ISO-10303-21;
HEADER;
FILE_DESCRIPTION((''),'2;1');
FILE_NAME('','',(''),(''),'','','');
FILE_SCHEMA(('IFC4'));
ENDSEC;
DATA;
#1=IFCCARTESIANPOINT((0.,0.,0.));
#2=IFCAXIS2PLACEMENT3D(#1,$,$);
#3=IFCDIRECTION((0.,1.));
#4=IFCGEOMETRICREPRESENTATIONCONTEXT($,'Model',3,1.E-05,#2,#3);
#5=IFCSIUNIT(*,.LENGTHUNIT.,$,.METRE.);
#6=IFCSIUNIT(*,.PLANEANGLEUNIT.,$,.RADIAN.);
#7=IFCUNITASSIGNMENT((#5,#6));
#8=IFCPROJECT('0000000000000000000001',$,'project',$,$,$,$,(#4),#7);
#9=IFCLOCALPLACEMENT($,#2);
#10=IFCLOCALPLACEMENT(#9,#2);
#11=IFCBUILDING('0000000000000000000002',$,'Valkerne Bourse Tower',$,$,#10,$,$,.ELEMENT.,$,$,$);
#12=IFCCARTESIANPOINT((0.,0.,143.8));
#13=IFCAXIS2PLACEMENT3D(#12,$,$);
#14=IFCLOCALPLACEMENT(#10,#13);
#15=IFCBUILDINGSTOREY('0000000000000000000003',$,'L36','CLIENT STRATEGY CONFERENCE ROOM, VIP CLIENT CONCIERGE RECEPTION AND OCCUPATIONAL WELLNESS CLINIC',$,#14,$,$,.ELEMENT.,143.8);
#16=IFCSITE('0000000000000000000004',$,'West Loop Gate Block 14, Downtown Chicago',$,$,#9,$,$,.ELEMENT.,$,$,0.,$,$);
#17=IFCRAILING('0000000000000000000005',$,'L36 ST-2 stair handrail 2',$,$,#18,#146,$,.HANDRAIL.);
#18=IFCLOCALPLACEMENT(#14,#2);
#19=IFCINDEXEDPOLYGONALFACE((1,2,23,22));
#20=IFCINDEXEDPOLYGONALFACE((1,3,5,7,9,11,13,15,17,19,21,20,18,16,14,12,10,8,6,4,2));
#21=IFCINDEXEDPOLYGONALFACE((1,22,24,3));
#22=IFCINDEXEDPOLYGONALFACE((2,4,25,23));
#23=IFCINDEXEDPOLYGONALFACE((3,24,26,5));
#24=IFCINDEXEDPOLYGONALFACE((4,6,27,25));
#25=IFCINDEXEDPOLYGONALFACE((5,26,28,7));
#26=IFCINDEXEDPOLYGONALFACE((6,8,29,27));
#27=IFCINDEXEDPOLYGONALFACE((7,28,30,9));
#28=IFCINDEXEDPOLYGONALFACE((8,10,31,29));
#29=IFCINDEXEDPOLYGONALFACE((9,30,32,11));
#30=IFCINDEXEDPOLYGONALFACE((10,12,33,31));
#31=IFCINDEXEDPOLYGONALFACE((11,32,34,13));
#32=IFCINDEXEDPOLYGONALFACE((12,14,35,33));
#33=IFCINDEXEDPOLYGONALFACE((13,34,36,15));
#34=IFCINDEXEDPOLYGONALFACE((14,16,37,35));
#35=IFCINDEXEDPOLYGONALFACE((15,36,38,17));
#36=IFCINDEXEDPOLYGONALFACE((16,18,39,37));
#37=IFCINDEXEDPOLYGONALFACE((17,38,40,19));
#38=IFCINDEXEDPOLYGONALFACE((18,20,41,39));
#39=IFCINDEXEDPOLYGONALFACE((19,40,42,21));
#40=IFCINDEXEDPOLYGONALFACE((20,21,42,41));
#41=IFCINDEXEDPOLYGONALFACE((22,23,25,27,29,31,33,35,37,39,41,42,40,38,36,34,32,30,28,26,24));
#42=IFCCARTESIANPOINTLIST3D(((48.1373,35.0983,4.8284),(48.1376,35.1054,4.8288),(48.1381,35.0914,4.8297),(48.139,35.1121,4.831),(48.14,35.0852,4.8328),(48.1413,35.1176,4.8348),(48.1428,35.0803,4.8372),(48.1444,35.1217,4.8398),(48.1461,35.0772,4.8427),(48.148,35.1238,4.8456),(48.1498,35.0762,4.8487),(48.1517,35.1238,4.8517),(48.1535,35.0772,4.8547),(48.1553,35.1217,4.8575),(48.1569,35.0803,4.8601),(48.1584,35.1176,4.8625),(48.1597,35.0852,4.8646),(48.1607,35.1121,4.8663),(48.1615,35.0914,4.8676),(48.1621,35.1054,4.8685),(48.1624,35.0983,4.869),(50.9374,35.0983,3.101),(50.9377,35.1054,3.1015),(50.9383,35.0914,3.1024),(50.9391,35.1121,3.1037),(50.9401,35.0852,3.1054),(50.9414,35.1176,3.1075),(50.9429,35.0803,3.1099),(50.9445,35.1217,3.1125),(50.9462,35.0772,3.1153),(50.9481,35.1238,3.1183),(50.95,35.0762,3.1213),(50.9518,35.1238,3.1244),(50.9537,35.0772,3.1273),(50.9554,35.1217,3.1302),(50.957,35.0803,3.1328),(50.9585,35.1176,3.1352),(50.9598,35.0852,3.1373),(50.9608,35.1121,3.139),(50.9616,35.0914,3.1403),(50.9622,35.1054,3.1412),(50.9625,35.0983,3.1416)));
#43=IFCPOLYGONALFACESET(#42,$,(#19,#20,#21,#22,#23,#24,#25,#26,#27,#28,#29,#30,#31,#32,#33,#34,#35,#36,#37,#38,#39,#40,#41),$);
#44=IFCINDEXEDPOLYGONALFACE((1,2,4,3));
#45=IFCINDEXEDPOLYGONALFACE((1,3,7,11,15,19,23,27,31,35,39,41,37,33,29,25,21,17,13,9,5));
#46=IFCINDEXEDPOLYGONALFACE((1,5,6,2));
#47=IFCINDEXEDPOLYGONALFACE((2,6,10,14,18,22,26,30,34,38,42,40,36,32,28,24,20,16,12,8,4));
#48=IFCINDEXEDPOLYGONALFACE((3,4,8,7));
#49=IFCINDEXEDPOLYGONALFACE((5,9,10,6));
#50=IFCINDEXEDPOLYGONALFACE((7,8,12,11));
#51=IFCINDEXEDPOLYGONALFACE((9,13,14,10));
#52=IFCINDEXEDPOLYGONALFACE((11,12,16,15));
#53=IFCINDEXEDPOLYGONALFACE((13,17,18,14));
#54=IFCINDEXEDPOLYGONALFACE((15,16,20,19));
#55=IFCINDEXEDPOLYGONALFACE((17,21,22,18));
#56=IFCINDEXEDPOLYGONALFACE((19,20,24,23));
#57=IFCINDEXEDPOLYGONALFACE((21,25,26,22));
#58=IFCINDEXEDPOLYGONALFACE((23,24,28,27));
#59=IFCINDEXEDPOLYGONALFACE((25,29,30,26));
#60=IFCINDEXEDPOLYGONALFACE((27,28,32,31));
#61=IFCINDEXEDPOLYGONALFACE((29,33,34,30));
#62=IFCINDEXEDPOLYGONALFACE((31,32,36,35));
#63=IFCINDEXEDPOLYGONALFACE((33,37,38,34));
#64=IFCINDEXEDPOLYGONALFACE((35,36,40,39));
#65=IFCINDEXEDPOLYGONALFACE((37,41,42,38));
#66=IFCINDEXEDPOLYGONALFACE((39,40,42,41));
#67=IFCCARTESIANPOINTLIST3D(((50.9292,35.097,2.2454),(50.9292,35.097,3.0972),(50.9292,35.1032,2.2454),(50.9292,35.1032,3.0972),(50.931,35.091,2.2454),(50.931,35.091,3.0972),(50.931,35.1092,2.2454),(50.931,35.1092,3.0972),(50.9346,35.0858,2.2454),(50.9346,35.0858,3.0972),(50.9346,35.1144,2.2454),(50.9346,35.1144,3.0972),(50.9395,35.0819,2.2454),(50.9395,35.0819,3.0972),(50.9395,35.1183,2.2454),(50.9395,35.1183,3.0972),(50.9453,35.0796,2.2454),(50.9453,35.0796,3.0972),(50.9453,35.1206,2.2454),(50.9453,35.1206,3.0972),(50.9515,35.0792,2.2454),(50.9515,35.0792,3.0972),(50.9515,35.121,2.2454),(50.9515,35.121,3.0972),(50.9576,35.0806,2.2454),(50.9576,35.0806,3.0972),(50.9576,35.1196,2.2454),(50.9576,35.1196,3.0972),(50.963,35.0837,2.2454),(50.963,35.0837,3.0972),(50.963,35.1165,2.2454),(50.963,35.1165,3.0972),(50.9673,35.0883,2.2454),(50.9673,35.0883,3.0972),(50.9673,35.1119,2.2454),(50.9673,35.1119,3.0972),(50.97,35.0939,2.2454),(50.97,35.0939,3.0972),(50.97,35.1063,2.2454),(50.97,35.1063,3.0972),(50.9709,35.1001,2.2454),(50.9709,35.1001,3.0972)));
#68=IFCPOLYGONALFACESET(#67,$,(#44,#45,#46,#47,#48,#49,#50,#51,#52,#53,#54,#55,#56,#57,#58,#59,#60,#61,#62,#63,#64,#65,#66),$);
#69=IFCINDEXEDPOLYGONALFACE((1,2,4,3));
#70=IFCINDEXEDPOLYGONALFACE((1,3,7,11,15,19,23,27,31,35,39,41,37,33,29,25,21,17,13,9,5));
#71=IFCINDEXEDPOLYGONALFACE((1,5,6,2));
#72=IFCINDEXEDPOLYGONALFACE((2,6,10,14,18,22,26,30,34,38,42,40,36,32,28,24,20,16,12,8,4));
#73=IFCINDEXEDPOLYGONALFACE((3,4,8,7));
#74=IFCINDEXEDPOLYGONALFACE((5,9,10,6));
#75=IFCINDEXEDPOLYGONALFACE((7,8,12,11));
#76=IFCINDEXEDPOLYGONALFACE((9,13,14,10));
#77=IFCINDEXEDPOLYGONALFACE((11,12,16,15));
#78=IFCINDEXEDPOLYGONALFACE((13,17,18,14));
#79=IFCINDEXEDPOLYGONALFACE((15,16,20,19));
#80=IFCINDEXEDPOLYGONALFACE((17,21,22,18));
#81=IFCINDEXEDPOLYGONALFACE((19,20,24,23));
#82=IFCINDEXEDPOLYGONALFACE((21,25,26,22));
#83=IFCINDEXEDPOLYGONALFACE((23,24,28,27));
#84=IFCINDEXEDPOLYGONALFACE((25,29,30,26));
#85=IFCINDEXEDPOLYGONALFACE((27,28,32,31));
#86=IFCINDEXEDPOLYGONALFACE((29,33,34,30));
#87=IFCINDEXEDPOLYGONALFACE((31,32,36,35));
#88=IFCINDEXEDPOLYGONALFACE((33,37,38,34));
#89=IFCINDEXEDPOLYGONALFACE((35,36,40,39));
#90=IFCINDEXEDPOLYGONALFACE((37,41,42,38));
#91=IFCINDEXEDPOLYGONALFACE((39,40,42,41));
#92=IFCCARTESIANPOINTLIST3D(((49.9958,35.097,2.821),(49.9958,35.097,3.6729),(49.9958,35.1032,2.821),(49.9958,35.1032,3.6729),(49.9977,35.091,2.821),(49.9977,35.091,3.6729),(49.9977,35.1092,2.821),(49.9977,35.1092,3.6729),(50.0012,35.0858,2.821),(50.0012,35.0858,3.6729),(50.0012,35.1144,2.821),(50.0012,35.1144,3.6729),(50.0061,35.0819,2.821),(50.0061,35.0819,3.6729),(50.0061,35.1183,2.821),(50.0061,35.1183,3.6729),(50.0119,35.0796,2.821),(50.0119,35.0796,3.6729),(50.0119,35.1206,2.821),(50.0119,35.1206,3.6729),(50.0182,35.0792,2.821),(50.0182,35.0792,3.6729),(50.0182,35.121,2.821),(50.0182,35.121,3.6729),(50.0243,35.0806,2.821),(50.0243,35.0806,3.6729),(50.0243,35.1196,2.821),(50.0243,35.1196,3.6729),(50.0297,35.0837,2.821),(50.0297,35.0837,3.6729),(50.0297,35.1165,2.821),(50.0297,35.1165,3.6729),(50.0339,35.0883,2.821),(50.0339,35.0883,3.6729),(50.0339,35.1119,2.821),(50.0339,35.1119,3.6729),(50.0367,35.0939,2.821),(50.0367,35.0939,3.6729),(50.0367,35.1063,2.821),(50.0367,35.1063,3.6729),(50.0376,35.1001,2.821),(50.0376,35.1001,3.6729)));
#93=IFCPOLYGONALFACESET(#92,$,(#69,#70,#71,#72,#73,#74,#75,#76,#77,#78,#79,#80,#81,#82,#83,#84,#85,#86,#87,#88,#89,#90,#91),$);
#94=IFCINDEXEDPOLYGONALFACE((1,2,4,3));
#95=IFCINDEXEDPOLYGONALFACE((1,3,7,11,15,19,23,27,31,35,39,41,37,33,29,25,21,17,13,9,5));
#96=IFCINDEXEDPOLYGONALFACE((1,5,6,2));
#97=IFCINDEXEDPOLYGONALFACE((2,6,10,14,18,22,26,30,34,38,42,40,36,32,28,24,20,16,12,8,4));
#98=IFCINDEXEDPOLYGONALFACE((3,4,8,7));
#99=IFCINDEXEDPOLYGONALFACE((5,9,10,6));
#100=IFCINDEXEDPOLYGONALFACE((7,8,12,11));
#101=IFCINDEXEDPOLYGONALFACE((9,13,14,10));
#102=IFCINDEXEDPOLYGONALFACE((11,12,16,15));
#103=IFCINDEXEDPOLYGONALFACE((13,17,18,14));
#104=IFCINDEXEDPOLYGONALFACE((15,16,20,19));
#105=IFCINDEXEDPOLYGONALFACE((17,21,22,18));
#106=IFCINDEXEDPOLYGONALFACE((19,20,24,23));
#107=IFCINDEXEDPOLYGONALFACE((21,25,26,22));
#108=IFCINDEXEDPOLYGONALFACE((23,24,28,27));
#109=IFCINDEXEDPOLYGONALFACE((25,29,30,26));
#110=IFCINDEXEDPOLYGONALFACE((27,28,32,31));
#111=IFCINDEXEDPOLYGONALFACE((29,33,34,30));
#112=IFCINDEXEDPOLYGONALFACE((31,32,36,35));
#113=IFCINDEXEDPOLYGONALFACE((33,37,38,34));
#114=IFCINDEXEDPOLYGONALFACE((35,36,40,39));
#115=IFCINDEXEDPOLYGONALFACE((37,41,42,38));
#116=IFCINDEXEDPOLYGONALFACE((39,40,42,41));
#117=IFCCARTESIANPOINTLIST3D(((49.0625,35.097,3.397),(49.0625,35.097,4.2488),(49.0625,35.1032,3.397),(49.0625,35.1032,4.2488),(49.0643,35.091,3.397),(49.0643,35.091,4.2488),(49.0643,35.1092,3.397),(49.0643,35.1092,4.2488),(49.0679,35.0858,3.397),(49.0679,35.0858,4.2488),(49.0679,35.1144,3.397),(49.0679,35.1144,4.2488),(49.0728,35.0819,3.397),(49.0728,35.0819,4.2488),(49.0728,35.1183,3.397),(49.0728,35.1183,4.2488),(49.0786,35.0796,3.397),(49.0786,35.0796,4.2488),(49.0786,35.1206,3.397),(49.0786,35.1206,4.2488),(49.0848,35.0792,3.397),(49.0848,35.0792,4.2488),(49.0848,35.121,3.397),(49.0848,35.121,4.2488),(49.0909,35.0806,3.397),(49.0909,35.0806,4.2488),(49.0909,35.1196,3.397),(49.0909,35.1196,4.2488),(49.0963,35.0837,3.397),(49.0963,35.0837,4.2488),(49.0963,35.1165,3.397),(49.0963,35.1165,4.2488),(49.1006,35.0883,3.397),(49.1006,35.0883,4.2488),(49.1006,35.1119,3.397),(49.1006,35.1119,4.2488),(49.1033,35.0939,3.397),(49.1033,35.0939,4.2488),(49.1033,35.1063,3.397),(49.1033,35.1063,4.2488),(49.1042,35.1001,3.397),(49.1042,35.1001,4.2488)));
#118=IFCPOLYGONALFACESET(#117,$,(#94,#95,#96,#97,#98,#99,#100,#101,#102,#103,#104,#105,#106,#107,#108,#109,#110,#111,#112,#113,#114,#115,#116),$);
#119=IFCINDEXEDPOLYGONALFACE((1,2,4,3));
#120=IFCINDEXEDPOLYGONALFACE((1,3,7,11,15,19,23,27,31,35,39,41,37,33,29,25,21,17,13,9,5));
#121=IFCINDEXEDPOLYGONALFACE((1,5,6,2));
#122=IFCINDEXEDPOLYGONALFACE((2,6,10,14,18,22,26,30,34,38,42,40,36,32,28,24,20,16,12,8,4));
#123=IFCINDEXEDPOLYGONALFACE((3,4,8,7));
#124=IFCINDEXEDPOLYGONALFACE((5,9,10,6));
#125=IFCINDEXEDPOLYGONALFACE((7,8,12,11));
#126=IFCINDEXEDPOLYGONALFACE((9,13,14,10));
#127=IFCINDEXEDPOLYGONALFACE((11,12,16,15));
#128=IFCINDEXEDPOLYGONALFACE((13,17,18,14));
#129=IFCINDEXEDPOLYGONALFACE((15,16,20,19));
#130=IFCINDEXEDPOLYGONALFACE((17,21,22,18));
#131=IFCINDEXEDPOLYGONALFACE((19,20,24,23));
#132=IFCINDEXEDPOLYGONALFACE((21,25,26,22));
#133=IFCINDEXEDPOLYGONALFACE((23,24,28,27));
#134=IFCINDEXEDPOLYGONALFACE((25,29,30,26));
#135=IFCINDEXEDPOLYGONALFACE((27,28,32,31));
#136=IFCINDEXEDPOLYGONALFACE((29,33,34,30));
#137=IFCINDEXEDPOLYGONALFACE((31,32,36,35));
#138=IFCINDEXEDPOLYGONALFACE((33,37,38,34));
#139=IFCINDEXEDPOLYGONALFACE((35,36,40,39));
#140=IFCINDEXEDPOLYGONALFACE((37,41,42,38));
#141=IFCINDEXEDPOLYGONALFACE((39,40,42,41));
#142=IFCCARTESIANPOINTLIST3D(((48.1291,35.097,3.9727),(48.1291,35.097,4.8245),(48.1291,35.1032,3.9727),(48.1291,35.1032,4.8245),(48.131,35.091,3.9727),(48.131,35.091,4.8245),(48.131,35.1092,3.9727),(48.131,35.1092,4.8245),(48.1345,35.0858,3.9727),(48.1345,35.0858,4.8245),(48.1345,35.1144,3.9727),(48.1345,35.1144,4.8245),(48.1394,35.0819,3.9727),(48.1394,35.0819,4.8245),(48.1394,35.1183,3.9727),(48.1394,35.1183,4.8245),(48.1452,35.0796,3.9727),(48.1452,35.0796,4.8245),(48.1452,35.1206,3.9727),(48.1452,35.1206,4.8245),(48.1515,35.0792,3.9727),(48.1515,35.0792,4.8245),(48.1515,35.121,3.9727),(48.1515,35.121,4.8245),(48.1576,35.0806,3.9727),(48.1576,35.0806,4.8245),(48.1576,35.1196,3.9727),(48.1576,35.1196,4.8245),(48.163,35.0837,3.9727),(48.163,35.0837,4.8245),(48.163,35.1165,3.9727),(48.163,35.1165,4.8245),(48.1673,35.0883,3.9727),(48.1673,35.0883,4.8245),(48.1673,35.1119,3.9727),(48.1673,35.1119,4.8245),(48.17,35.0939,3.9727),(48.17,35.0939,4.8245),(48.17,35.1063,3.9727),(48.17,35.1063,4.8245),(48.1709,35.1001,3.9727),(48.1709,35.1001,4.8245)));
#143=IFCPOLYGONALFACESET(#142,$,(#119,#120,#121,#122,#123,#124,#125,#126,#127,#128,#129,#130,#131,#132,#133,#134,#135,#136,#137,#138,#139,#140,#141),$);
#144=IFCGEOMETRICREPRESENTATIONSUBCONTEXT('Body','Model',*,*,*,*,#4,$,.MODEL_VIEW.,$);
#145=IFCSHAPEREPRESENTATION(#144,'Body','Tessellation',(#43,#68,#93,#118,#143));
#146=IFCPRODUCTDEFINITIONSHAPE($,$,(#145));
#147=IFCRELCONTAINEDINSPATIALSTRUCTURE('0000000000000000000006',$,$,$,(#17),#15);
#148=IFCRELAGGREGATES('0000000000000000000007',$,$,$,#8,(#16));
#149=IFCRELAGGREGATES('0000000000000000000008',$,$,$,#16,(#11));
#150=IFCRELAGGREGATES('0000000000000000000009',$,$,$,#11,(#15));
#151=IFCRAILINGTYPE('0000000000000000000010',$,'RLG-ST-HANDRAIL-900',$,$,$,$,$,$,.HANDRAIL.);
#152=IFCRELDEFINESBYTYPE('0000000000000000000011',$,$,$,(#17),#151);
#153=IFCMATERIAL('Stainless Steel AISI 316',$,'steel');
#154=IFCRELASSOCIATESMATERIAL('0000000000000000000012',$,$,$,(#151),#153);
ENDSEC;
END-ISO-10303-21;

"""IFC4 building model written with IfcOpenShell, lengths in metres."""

from ifc_helpers import new_model, si_unit, direction, frame, origin, origin_2d, place, context, subcontext, project, spatial, circle, extrude, material, type_object, element, save


model = new_model("IFC4")

# Units and contexts
model_context = context("Model", 3, precision=1e-05, world=origin(), true_north=direction((0.0, 1.0)))
body_context = subcontext(model_context, "Body", "Model", "MODEL_VIEW")
ifc_project = project(units=[si_unit("LENGTHUNIT", "METRE"), si_unit("PLANEANGLEUNIT", "RADIAN")], contexts=[model_context])

# Site, building, storey
site_placement = place(None, origin())
site = spatial("IfcSite", under=ifc_project, at=site_placement, Name="West Loop Gate Block 14, Downtown Chicago", CompositionType="ELEMENT", RefElevation=0.0)
building_placement = place(site_placement, origin())
building = spatial("IfcBuilding", under=site, at=building_placement, Name="Valkerne Bourse Tower", CompositionType="ELEMENT")
storey_placement = place(building_placement, frame((0.0, 0.0, 143.8)))
storey = spatial("IfcBuildingStorey", under=building, at=storey_placement, Name="L36", Description="CLIENT STRATEGY CONFERENCE ROOM, VIP CLIENT CONCIERGE RECEPTION AND OCCUPATIONAL WELLNESS CLINIC", CompositionType="ELEMENT", Elevation=143.8)

# Shared definitions
ifc_material_1 = material(Name="Stainless Steel AISI 316", Category="steel")

# Railing
railing_type_1 = type_object("IfcRailingType", Name="RLG-ST-HANDRAIL-900", PredefinedType="HANDRAIL", material=ifc_material_1)
railing_1_placement = place(storey_placement, frame((50.95, 35.1001, 2.2454)))
element("IfcRailing", 1, at=railing_1_placement, inside=storey, type_object=railing_type_1, Name="L36 ST-2 stair handrail 2", PredefinedType="HANDRAIL", context=body_context, shape_type="SweptSolid", body=[
    extrude(circle(Radius=0.0239, at=origin_2d()), frame((0.0, 0.0, 0.876), z_axis=(-0.85109, 0.0, 0.52502), x_axis=(0.0, -1.0, 0.0)), (0.0, 0.0, 1.0), 3.29),
    extrude(circle(Radius=0.021, at=origin_2d()), origin(), (0.0, 0.0, 1.0), 0.8518),
    extrude(circle(Radius=0.021, at=origin_2d()), frame((-0.9333, 0.0, 0.5757)), (0.0, 0.0, 1.0), 0.8518),
    extrude(circle(Radius=0.021, at=origin_2d()), frame((-1.8667, 0.0, 1.1516)), (0.0, 0.0, 1.0), 0.8518),
    extrude(circle(Radius=0.021, at=origin_2d()), frame((-2.8, 0.0, 1.7273)), (0.0, 0.0, 1.0), 0.8518),
])

save(model, "model.ifc")
